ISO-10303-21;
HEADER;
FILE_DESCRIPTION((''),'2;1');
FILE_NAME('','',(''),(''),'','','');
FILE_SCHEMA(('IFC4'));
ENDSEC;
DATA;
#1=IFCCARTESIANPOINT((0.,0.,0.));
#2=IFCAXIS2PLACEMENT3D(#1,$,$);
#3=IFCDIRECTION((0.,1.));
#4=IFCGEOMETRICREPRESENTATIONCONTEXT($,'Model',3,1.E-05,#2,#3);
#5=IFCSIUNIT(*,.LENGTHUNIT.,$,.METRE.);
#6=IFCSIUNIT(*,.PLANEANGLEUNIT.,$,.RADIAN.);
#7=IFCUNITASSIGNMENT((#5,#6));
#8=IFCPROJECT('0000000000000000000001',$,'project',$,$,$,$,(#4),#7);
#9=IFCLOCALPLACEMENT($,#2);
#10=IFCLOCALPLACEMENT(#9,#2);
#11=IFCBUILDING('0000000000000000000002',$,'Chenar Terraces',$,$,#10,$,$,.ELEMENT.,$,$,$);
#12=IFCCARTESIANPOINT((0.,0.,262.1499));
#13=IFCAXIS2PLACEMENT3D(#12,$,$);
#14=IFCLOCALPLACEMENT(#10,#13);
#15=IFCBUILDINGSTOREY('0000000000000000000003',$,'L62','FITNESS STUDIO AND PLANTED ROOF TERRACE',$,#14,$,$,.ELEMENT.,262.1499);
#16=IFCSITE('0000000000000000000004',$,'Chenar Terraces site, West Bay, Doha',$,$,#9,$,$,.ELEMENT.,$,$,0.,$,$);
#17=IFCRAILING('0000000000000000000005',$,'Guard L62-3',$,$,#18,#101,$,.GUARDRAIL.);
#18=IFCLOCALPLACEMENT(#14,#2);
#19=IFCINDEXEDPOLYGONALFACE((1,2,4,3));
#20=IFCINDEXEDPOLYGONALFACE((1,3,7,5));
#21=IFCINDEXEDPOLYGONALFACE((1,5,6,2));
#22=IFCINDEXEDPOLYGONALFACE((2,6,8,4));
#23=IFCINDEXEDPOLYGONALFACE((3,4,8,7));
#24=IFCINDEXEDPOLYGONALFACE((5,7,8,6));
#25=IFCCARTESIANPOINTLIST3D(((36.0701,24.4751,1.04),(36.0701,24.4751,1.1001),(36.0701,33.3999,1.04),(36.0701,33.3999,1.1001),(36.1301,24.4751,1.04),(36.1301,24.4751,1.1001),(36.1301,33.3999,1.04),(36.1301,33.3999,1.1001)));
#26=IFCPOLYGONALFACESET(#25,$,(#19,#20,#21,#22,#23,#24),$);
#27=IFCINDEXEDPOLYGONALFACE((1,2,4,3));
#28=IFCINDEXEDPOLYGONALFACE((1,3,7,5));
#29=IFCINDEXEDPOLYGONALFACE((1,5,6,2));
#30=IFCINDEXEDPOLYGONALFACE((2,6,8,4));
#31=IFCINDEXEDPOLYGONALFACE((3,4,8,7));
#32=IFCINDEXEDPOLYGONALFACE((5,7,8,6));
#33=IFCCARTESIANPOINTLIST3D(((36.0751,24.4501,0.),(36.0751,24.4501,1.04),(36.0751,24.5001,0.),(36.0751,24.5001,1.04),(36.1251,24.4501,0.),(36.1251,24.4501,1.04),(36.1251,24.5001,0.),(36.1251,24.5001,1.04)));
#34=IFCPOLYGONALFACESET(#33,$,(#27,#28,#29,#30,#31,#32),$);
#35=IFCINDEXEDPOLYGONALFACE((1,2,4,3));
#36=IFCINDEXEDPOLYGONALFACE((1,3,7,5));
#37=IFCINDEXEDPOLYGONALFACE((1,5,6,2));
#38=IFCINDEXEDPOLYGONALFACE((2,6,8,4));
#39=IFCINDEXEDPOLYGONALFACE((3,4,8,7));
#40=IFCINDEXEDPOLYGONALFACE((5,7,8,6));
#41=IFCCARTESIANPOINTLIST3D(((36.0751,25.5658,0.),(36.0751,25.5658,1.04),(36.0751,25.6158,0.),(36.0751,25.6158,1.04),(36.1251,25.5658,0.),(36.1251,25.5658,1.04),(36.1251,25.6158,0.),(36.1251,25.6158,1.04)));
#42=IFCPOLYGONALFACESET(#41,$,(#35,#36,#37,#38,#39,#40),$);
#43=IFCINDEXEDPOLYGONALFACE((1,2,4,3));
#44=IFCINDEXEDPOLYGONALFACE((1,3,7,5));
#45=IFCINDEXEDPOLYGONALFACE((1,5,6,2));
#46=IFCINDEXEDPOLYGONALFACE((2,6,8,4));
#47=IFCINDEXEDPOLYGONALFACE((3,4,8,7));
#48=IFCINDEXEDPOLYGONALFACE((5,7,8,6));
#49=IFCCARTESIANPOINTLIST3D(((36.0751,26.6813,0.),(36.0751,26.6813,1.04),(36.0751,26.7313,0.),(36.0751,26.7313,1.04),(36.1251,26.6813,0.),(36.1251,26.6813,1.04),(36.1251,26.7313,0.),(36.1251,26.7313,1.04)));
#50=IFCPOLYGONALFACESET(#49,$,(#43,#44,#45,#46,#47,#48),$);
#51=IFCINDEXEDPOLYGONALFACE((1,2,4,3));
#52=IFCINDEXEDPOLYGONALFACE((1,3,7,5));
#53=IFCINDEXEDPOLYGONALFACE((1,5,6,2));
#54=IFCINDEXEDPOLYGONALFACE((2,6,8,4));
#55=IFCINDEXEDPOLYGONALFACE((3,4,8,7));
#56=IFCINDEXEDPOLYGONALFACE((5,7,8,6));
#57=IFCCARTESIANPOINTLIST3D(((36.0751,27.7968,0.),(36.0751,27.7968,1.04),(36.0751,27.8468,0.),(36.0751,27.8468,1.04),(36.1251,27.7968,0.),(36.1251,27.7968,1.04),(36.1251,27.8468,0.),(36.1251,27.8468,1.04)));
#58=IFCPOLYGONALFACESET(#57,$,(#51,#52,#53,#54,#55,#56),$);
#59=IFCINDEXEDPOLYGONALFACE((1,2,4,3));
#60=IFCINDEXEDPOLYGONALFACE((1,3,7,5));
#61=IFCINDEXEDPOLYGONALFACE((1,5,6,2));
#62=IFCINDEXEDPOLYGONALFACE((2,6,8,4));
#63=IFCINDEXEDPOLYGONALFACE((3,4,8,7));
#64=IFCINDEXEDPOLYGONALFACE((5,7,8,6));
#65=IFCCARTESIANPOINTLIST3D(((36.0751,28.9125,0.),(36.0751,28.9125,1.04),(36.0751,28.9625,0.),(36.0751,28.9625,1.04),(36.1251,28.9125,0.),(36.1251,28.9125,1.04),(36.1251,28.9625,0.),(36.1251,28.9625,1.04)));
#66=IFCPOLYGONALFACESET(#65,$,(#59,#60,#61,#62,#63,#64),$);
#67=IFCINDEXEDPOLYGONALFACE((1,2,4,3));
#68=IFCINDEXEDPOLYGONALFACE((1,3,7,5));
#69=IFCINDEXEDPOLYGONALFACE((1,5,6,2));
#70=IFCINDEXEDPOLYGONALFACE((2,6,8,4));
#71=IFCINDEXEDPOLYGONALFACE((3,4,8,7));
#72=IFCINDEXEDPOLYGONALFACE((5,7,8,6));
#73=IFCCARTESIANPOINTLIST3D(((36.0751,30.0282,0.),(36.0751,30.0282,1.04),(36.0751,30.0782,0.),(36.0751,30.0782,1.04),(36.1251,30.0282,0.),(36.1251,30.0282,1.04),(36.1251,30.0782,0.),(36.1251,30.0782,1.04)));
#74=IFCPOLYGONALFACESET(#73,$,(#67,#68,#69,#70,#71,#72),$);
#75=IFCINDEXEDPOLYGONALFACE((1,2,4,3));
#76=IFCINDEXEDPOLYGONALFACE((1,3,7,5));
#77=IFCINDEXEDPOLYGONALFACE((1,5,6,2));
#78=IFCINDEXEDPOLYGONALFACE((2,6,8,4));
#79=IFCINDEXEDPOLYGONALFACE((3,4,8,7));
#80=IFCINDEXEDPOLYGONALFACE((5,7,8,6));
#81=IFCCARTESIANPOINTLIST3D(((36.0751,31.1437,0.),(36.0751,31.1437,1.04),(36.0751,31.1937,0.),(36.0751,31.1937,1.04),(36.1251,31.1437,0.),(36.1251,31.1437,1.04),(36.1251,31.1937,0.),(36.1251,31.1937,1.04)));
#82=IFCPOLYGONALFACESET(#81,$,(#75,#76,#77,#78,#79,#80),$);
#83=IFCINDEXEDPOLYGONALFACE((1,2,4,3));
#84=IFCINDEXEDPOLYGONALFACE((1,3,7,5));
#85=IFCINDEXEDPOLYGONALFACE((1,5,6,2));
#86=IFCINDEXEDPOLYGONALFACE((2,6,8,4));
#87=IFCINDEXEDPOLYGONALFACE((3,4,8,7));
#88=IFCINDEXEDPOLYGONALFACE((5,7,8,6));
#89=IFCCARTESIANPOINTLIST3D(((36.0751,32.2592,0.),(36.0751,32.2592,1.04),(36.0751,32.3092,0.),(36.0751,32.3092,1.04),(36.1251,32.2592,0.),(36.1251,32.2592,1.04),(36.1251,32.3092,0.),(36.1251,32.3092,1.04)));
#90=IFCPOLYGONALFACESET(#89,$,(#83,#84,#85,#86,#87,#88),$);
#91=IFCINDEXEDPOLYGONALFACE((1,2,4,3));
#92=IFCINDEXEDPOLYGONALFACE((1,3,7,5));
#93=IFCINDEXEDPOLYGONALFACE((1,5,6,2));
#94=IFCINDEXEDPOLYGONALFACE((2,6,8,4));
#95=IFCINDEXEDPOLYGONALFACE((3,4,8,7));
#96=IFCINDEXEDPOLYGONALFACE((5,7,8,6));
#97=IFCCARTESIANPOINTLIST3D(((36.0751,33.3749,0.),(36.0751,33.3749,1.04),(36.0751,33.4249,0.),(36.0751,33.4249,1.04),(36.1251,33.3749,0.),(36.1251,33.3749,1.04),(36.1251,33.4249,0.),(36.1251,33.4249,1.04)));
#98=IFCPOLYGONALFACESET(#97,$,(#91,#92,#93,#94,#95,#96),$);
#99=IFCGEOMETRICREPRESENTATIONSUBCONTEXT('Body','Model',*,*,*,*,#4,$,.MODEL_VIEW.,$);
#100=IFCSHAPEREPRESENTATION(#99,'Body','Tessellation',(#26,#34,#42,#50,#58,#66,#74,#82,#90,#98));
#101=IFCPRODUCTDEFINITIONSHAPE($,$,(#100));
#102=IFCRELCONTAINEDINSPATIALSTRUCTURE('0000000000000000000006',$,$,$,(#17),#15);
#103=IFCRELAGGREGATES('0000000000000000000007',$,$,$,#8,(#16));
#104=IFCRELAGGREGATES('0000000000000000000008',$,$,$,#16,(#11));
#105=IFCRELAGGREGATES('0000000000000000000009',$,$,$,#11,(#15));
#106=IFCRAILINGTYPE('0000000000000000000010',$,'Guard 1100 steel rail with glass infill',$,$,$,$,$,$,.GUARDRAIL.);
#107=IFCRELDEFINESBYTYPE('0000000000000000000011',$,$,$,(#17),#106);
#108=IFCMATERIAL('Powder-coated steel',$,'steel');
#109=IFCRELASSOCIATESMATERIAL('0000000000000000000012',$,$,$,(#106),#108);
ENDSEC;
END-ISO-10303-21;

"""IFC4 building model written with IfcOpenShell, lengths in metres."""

from ifc_helpers import new_model, si_unit, direction, frame, origin, origin_2d, place, context, subcontext, project, spatial, rectangle, extrude, material, type_object, element, save


model = new_model("IFC4")

# Units and contexts
model_context = context("Model", 3, precision=1e-05, world=origin(), true_north=direction((0.0, 1.0)))
body_context = subcontext(model_context, "Body", "Model", "MODEL_VIEW")
ifc_project = project(units=[si_unit("LENGTHUNIT", "METRE"), si_unit("PLANEANGLEUNIT", "RADIAN")], contexts=[model_context])

# Site, building, storey
site_placement = place(None, origin())
site = spatial("IfcSite", under=ifc_project, at=site_placement, Name="Chenar Terraces site, West Bay, Doha", CompositionType="ELEMENT", RefElevation=0.0)
building_placement = place(site_placement, origin())
building = spatial("IfcBuilding", under=site, at=building_placement, Name="Chenar Terraces", CompositionType="ELEMENT")
storey_placement = place(building_placement, frame((0.0, 0.0, 262.1499)))
storey = spatial("IfcBuildingStorey", under=building, at=storey_placement, Name="L62", Description="FITNESS STUDIO AND PLANTED ROOF TERRACE", CompositionType="ELEMENT", Elevation=262.1499)

# Railing
ifc_material_1 = material(Name="Powder-coated steel", Category="steel")
railing_type = type_object("IfcRailingType", Name="Guard 1100 steel rail with glass infill", PredefinedType="GUARDRAIL", material=ifc_material_1)
railing_placement = place(storey_placement, frame((36.1001, 24.4751, 0.0)))
element("IfcRailing", 1, at=railing_placement, inside=storey, type_object=railing_type, Name="Guard L62-3", PredefinedType="GUARDRAIL", context=body_context, shape_type="SweptSolid", body=[
    extrude(rectangle(XDim=0.0601, YDim=0.0601, at=origin_2d()), frame((0.0, 0.0, 1.0701), z_axis=(0.0, 1.0, 0.0), x_axis=(-1.0, 0.0, 0.0)), (0.0, 0.0, 1.0), 8.9248),
    extrude(rectangle(XDim=0.05, YDim=0.05, at=origin_2d()), origin(), (0.0, 0.0, 1.0), 1.04),
    extrude(rectangle(XDim=0.05, YDim=0.05, at=origin_2d()), frame((0.0, 1.1157, 0.0)), (0.0, 0.0, 1.0), 1.04),
    extrude(rectangle(XDim=0.05, YDim=0.05, at=origin_2d()), frame((0.0, 2.2312, 0.0)), (0.0, 0.0, 1.0), 1.04),
    extrude(rectangle(XDim=0.05, YDim=0.05, at=origin_2d()), frame((0.0, 3.3467, 0.0)), (0.0, 0.0, 1.0), 1.04),
    extrude(rectangle(XDim=0.05, YDim=0.05, at=origin_2d()), frame((0.0, 4.4624, 0.0)), (0.0, 0.0, 1.0), 1.04),
    extrude(rectangle(XDim=0.05, YDim=0.05, at=origin_2d()), frame((0.0, 5.5781, 0.0)), (0.0, 0.0, 1.0), 1.04),
    extrude(rectangle(XDim=0.05, YDim=0.05, at=origin_2d()), frame((0.0, 6.6936, 0.0)), (0.0, 0.0, 1.0), 1.04),
    extrude(rectangle(XDim=0.05, YDim=0.05, at=origin_2d()), frame((0.0, 7.8091, 0.0)), (0.0, 0.0, 1.0), 1.04),
    extrude(rectangle(XDim=0.05, YDim=0.05, at=origin_2d()), frame((0.0, 8.9248, 0.0)), (0.0, 0.0, 1.0), 1.04),
])

save(model, "model.ifc")
